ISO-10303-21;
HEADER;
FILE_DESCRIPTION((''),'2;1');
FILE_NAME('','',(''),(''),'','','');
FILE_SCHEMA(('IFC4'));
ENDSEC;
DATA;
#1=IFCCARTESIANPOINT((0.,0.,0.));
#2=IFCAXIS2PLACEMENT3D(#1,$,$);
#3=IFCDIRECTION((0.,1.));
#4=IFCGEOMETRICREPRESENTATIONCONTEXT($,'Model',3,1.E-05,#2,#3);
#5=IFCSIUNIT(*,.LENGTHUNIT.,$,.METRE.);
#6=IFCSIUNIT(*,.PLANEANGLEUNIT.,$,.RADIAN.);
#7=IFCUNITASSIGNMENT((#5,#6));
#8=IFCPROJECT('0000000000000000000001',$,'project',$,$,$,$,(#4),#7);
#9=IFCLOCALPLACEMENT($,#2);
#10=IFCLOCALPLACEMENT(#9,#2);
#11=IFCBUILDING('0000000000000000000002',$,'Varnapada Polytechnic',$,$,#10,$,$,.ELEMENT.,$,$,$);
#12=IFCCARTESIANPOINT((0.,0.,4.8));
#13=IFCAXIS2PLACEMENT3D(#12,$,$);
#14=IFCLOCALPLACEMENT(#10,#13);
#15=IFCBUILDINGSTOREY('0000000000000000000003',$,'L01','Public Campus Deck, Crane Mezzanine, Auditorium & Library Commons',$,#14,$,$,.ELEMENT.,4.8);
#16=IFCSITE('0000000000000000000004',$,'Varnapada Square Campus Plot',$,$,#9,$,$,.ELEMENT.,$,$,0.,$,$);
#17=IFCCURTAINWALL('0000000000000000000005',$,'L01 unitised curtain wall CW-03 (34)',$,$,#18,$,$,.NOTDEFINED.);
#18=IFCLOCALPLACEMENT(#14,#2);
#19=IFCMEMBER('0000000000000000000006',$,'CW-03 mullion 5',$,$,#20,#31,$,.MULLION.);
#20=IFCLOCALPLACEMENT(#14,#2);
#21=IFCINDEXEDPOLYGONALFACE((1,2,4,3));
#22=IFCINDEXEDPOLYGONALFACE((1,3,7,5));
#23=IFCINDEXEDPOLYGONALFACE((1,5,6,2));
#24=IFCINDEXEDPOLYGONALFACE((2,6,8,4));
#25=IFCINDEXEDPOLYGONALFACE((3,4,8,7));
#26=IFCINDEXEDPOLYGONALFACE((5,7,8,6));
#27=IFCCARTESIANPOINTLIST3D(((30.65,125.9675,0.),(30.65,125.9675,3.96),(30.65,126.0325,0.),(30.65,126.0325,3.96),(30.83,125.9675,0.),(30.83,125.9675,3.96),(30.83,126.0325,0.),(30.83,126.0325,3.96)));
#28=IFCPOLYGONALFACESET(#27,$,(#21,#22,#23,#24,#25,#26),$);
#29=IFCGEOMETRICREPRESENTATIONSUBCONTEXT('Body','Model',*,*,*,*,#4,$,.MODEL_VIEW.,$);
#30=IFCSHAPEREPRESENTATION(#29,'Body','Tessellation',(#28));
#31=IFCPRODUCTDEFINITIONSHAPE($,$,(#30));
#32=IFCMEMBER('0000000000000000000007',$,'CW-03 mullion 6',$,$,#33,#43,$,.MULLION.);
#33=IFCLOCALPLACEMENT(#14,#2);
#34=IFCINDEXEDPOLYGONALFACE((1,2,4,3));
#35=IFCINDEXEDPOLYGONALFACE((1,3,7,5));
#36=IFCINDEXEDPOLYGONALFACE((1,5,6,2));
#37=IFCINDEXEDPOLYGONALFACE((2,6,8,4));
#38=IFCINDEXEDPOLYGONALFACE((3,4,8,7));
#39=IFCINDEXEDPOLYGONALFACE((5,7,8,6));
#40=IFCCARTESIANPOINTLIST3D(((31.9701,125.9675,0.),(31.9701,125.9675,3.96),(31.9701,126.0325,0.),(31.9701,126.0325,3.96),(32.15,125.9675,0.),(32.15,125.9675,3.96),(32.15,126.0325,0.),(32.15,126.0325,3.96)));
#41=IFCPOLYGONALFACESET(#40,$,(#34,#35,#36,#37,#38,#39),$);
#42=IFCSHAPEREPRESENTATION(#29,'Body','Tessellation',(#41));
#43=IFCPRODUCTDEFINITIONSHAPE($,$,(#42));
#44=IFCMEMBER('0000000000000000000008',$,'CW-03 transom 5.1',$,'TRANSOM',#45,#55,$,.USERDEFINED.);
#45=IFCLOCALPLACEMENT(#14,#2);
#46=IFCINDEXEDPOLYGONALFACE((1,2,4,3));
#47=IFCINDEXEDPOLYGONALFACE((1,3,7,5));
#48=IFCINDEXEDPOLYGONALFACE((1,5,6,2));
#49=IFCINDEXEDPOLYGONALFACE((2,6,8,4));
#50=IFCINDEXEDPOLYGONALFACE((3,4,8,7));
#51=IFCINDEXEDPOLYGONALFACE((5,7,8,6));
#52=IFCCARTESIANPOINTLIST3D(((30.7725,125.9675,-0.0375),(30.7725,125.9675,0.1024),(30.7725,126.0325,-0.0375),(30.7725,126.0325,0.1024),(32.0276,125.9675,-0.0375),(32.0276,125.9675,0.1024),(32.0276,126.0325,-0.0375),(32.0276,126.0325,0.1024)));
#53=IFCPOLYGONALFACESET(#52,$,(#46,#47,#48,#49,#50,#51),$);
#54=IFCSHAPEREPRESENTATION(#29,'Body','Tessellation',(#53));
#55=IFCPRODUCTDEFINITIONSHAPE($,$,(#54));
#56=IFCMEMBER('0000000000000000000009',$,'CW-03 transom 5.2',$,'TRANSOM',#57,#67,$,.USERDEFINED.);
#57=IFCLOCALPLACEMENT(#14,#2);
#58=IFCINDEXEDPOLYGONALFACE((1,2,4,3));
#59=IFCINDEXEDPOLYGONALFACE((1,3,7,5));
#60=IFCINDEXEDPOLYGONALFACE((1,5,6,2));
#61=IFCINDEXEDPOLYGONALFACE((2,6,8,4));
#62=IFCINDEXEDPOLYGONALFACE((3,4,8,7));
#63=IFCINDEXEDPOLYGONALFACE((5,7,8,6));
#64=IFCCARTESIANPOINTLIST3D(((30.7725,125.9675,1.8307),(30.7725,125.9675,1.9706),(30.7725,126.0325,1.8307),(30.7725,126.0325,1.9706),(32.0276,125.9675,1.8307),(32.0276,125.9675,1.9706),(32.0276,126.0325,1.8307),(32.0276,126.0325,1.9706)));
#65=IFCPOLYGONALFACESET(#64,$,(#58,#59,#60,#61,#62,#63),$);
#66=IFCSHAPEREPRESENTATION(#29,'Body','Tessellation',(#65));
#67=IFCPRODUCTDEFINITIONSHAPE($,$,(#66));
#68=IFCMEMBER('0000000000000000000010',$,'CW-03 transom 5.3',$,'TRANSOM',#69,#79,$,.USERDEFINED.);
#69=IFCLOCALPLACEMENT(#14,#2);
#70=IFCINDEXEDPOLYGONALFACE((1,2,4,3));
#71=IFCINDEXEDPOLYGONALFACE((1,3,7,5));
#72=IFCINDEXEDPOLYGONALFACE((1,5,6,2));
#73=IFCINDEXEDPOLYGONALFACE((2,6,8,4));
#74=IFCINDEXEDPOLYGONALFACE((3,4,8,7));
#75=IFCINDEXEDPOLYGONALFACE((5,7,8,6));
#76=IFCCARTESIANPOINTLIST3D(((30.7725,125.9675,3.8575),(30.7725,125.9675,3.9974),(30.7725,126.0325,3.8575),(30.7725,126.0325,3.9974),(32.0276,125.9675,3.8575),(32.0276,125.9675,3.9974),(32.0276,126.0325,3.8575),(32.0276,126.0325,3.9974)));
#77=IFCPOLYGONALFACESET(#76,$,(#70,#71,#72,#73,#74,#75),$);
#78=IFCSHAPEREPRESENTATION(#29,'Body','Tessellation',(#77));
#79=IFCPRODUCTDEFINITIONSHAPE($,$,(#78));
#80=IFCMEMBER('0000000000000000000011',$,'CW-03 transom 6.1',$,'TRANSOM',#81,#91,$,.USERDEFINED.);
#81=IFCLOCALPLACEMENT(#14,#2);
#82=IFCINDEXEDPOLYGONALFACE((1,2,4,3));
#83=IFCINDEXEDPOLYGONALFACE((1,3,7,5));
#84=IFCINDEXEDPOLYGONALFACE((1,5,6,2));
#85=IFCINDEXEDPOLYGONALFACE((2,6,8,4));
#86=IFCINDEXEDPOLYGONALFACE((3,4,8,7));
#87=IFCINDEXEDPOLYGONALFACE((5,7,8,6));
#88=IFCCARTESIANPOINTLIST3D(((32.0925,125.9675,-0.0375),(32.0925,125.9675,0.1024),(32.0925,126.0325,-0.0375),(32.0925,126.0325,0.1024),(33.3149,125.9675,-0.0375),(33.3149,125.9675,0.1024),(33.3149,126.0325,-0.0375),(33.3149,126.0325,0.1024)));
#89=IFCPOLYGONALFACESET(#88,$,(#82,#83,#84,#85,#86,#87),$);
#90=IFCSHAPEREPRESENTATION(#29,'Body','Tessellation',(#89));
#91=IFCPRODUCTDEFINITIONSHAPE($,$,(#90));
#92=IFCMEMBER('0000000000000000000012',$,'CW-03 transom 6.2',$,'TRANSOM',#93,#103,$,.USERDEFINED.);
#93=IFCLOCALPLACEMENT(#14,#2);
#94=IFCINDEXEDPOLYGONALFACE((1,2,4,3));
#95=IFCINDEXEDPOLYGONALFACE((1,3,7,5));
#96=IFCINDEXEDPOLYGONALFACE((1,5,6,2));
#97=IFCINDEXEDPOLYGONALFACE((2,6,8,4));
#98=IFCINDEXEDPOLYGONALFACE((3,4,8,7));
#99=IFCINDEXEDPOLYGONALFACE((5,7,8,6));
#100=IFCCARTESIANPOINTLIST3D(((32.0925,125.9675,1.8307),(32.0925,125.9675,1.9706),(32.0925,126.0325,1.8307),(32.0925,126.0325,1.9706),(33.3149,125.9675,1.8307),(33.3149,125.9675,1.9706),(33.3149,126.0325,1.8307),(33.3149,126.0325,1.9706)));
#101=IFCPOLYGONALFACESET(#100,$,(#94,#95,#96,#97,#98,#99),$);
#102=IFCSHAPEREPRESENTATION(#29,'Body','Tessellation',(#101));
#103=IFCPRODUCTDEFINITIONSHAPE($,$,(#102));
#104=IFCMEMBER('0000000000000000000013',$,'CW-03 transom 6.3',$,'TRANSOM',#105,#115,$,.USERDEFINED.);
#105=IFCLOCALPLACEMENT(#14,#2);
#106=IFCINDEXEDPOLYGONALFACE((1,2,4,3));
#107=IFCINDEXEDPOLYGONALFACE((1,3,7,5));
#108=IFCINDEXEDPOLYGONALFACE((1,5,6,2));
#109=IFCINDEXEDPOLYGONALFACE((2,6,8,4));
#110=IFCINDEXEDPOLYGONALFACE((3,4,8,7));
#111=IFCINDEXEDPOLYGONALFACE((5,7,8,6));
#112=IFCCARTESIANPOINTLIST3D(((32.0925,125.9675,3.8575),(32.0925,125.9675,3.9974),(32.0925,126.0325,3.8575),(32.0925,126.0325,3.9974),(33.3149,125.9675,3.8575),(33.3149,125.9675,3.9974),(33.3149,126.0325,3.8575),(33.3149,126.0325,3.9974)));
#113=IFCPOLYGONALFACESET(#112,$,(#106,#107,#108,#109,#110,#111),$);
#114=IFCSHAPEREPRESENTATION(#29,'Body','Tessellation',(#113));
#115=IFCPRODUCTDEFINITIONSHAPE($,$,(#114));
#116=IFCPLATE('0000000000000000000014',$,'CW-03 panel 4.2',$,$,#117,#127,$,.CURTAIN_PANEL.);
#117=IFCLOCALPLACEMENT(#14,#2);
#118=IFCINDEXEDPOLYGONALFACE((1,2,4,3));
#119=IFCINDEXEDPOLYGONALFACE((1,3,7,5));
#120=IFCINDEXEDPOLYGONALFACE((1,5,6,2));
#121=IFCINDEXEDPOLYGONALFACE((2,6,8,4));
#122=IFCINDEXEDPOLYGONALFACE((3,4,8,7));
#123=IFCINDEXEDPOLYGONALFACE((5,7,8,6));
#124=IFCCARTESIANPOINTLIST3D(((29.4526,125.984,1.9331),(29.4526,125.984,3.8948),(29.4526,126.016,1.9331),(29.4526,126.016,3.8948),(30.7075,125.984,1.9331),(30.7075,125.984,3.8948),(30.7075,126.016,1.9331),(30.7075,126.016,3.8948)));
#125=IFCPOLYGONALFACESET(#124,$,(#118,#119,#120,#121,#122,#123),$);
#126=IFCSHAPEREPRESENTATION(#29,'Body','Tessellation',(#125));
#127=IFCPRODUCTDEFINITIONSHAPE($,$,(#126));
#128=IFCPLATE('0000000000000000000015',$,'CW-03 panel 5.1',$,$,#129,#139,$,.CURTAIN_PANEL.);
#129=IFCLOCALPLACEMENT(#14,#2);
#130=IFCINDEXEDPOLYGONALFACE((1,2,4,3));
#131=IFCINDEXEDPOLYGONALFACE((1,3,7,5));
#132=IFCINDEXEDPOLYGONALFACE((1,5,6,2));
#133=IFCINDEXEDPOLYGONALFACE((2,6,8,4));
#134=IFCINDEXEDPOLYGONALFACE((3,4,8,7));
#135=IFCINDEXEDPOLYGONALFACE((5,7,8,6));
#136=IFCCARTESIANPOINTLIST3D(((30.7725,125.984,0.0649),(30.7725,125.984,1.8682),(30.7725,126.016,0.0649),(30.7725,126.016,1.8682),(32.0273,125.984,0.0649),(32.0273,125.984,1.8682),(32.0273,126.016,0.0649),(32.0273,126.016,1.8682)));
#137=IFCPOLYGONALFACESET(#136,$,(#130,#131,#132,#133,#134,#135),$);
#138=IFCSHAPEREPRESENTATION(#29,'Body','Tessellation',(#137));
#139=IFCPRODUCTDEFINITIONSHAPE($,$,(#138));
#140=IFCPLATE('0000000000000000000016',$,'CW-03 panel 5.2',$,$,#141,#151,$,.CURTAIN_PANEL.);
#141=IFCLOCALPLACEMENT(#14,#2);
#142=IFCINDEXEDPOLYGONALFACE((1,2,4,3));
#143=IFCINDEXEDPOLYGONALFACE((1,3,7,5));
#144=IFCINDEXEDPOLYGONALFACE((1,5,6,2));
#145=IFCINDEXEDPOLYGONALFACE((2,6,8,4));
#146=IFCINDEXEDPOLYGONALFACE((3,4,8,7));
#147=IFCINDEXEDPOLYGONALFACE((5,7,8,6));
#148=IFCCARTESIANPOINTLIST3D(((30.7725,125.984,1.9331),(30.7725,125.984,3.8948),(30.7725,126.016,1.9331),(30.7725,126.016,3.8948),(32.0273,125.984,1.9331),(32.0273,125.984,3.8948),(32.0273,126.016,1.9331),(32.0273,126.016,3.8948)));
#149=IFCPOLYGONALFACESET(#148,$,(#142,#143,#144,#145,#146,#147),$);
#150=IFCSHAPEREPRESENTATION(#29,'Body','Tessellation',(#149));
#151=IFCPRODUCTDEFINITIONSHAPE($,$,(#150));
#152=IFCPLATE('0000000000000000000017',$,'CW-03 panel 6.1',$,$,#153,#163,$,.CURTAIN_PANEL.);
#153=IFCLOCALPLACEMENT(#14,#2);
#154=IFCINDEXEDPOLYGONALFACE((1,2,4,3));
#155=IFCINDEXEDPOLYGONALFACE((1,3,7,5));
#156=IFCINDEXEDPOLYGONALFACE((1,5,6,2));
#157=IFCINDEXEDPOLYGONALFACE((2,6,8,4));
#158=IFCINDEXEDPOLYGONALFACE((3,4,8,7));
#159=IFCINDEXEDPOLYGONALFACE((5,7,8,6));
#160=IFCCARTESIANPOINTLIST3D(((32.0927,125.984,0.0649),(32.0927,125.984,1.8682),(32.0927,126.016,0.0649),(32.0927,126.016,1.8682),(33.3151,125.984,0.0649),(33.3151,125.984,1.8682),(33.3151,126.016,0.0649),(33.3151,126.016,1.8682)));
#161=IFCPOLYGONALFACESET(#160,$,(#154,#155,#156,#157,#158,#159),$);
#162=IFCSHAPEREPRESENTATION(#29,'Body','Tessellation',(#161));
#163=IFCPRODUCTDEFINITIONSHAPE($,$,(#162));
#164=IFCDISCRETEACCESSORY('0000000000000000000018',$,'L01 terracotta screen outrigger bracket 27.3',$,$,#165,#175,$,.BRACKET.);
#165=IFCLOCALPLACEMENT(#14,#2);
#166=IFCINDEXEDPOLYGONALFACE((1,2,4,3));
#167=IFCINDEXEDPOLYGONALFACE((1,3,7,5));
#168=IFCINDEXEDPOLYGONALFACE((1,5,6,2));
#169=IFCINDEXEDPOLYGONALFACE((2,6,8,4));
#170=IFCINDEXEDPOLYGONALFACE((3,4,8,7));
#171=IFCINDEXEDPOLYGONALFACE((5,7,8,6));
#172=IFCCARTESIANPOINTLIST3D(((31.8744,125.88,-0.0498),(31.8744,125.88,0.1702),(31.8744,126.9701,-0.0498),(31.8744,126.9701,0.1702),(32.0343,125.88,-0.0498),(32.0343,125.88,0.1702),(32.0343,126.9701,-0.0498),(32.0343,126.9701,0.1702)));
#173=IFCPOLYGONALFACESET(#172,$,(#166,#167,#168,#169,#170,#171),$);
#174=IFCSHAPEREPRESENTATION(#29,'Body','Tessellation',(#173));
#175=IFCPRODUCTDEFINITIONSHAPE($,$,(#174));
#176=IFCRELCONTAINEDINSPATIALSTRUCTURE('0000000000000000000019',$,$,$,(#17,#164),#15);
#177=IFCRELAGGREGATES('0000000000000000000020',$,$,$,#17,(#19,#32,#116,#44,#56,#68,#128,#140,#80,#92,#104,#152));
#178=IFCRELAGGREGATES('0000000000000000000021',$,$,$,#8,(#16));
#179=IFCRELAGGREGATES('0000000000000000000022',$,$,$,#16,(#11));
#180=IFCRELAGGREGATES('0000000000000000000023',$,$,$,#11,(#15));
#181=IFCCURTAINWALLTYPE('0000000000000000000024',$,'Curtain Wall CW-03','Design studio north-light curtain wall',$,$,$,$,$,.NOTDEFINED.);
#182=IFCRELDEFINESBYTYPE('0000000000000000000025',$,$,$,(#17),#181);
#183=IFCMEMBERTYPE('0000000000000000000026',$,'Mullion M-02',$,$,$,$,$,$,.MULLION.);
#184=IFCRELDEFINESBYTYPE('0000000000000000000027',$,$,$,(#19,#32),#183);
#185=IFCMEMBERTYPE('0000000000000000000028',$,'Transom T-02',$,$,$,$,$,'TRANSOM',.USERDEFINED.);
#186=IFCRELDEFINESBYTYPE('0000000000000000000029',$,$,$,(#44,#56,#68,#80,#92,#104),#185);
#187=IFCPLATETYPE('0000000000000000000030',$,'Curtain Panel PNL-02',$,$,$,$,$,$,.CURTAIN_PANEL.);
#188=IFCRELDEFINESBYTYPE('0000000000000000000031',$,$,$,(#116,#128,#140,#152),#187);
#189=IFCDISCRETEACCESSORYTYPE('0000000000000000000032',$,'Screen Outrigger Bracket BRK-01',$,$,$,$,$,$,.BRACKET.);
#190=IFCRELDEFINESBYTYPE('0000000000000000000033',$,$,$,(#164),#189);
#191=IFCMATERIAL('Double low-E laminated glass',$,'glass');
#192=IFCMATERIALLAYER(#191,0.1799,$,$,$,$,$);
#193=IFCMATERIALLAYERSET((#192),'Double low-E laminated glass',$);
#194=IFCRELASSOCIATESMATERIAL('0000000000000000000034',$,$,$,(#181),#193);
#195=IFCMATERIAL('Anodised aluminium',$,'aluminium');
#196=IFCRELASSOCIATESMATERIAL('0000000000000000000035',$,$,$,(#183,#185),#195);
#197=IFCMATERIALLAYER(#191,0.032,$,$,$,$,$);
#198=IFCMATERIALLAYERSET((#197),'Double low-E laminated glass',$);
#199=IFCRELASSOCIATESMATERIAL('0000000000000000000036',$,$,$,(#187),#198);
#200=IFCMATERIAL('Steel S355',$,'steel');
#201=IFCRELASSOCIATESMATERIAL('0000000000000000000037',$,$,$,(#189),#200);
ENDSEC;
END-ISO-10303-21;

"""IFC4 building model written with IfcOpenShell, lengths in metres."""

from ifc_helpers import new_model, si_unit, direction, frame, origin, origin_2d, place, context, subcontext, project, spatial, rectangle, extrude, material, layer, layer_set, material_profile, profile_set, type_object, element, aggregate, save


model = new_model("IFC4")

# Units and contexts
model_context = context("Model", 3, precision=1e-05, world=origin(), true_north=direction((0.0, 1.0)))
body_context = subcontext(model_context, "Body", "Model", "MODEL_VIEW")
ifc_project = project(units=[si_unit("LENGTHUNIT", "METRE"), si_unit("PLANEANGLEUNIT", "RADIAN")], contexts=[model_context])

# Site, building, storey
site_placement = place(None, origin())
site = spatial("IfcSite", under=ifc_project, at=site_placement, Name="Varnapada Square Campus Plot", CompositionType="ELEMENT", RefElevation=0.0)
building_placement = place(site_placement, origin())
building = spatial("IfcBuilding", under=site, at=building_placement, Name="Varnapada Polytechnic", CompositionType="ELEMENT")
storey_placement = place(building_placement, frame((0.0, 0.0, 4.8)))
storey = spatial("IfcBuildingStorey", under=building, at=storey_placement, Name="L01", Description="Public Campus Deck, Crane Mezzanine, Auditorium & Library Commons", CompositionType="ELEMENT", Elevation=4.8)

# Curtain wall, members, plates
ifc_material_1 = material(Name="Double low-E laminated glass", Category="glass")
ifc_layer_1 = layer(ifc_material_1, 0.1799)
ifc_layer_set_1 = layer_set([ifc_layer_1], Name="Double low-E laminated glass")
curtain_wall_type = type_object("IfcCurtainWallType", Name="Curtain Wall CW-03", Description="Design studio north-light curtain wall", PredefinedType="NOTDEFINED", material=ifc_layer_set_1)
curtain_wall_placement = place(storey_placement, origin())
curtain_wall = element("IfcCurtainWall", 1, at=curtain_wall_placement, inside=storey, type_object=curtain_wall_type, Name="L01 unitised curtain wall CW-03 (34)", PredefinedType="NOTDEFINED")
ifc_material_2 = material(Name="Anodised aluminium", Category="aluminium")
ifc_material_profile_1 = material_profile(ifc_material_2, rectangle(XDim=0.0649, YDim=0.1799, at=origin_2d()), Name="ALU M65x180")
ifc_profile_set_1 = profile_set([ifc_material_profile_1], Name="Anodised aluminium")
member_type_1 = type_object("IfcMemberType", Name="Mullion M-02", PredefinedType="MULLION", material=ifc_profile_set_1)
member_1_placement = place(storey_placement, frame((30.74, 126.0, 0.0), z_axis=(0.0, 0.0, 1.0), x_axis=(0.0, 1.0, 0.0)))
member_1 = element("IfcMember", 2, at=member_1_placement, type_object=member_type_1, Name="CW-03 mullion 5", PredefinedType="MULLION", context=body_context, shape_type="SweptSolid", body=[
    extrude(rectangle(XDim=0.0649, YDim=0.1799, at=origin_2d()), origin(), (0.0, 0.0, 1.0), 3.96),
])
member_2_placement = place(storey_placement, frame((32.0601, 126.0, 0.0), z_axis=(0.0, 0.0, 1.0), x_axis=(0.0, 1.0, 0.0)))
member_2 = element("IfcMember", 3, at=member_2_placement, type_object=member_type_1, Name="CW-03 mullion 6", PredefinedType="MULLION", context=body_context, shape_type="SweptSolid", body=[
    extrude(rectangle(XDim=0.0649, YDim=0.1799, at=origin_2d()), origin(), (0.0, 0.0, 1.0), 3.96),
])
ifc_material_profile_2 = material_profile(ifc_material_2, rectangle(XDim=0.0649, YDim=0.1399, at=origin_2d()), Name="ALU T65x140")
ifc_profile_set_2 = profile_set([ifc_material_profile_2], Name="Anodised aluminium")
member_type_2 = type_object("IfcMemberType", Name="Transom T-02", ElementType="TRANSOM", PredefinedType="USERDEFINED", material=ifc_profile_set_2)
member_3_placement = place(storey_placement, frame((30.7725, 126.0, 0.0325), z_axis=(1.0, 0.0, 0.0), x_axis=(0.0, 1.0, 0.0)))
member_3 = element("IfcMember", 4, at=member_3_placement, type_object=member_type_2, Name="CW-03 transom 5.1", ObjectType="TRANSOM", PredefinedType="USERDEFINED", context=body_context, shape_type="SweptSolid", body=[
    extrude(rectangle(XDim=0.0649, YDim=0.1399, at=origin_2d()), origin(), (0.0, 0.0, 1.0), 1.2551),
])
member_4_placement = place(storey_placement, frame((30.7725, 126.0, 1.9006), z_axis=(1.0, 0.0, 0.0), x_axis=(0.0, 1.0, 0.0)))
member_4 = element("IfcMember", 5, at=member_4_placement, type_object=member_type_2, Name="CW-03 transom 5.2", ObjectType="TRANSOM", PredefinedType="USERDEFINED", context=body_context, shape_type="SweptSolid", body=[
    extrude(rectangle(XDim=0.0649, YDim=0.1399, at=origin_2d()), origin(), (0.0, 0.0, 1.0), 1.2551),
])
member_5_placement = place(storey_placement, frame((30.7725, 126.0, 3.9275), z_axis=(1.0, 0.0, 0.0), x_axis=(0.0, 1.0, 0.0)))
member_5 = element("IfcMember", 6, at=member_5_placement, type_object=member_type_2, Name="CW-03 transom 5.3", ObjectType="TRANSOM", PredefinedType="USERDEFINED", context=body_context, shape_type="SweptSolid", body=[
    extrude(rectangle(XDim=0.0649, YDim=0.1399, at=origin_2d()), origin(), (0.0, 0.0, 1.0), 1.2551),
])
member_6_placement = place(storey_placement, frame((32.0925, 126.0, 0.0325), z_axis=(1.0, 0.0, 0.0), x_axis=(0.0, 1.0, 0.0)))
member_6 = element("IfcMember", 7, at=member_6_placement, type_object=member_type_2, Name="CW-03 transom 6.1", ObjectType="TRANSOM", PredefinedType="USERDEFINED", context=body_context, shape_type="SweptSolid", body=[
    extrude(rectangle(XDim=0.0649, YDim=0.1399, at=origin_2d()), origin(), (0.0, 0.0, 1.0), 1.2224),
])
member_7_placement = place(storey_placement, frame((32.0925, 126.0, 1.9006), z_axis=(1.0, 0.0, 0.0), x_axis=(0.0, 1.0, 0.0)))
member_7 = element("IfcMember", 8, at=member_7_placement, type_object=member_type_2, Name="CW-03 transom 6.2", ObjectType="TRANSOM", PredefinedType="USERDEFINED", context=body_context, shape_type="SweptSolid", body=[
    extrude(rectangle(XDim=0.0649, YDim=0.1399, at=origin_2d()), origin(), (0.0, 0.0, 1.0), 1.2224),
])
member_8_placement = place(storey_placement, frame((32.0925, 126.0, 3.9275), z_axis=(1.0, 0.0, 0.0), x_axis=(0.0, 1.0, 0.0)))
member_8 = element("IfcMember", 9, at=member_8_placement, type_object=member_type_2, Name="CW-03 transom 6.3", ObjectType="TRANSOM", PredefinedType="USERDEFINED", context=body_context, shape_type="SweptSolid", body=[
    extrude(rectangle(XDim=0.0649, YDim=0.1399, at=origin_2d()), origin(), (0.0, 0.0, 1.0), 1.2224),
])
ifc_layer_2 = layer(ifc_material_1, 0.032)
ifc_layer_set_2 = layer_set([ifc_layer_2], Name="Double low-E laminated glass")
plate_type = type_object("IfcPlateType", Name="Curtain Panel PNL-02", PredefinedType="CURTAIN_PANEL", material=ifc_layer_set_2)
plate_1_placement = place(storey_placement, frame((30.0801, 126.0, 1.9331), z_axis=(0.0, 0.0, 1.0), x_axis=(1.0, 0.0, 0.0)))
plate_1 = element("IfcPlate", 10, at=plate_1_placement, type_object=plate_type, Name="CW-03 panel 4.2", PredefinedType="CURTAIN_PANEL", context=body_context, shape_type="SweptSolid", body=[
    extrude(rectangle(XDim=1.2549, YDim=0.032, at=origin_2d()), origin(), (0.0, 0.0, 1.0), 1.9617),
])
plate_2_placement = place(storey_placement, frame((31.3999, 126.0, 0.0649), z_axis=(0.0, 0.0, 1.0), x_axis=(1.0, 0.0, 0.0)))
plate_2 = element("IfcPlate", 11, at=plate_2_placement, type_object=plate_type, Name="CW-03 panel 5.1", PredefinedType="CURTAIN_PANEL", context=body_context, shape_type="SweptSolid", body=[
    extrude(rectangle(XDim=1.2549, YDim=0.032, at=origin_2d()), origin(), (0.0, 0.0, 1.0), 1.8032),
])
plate_3_placement = place(storey_placement, frame((31.3999, 126.0, 1.9331), z_axis=(0.0, 0.0, 1.0), x_axis=(1.0, 0.0, 0.0)))
plate_3 = element("IfcPlate", 12, at=plate_3_placement, type_object=plate_type, Name="CW-03 panel 5.2", PredefinedType="CURTAIN_PANEL", context=body_context, shape_type="SweptSolid", body=[
    extrude(rectangle(XDim=1.2549, YDim=0.032, at=origin_2d()), origin(), (0.0, 0.0, 1.0), 1.9617),
])
plate_4_placement = place(storey_placement, frame((32.7039, 126.0, 0.0649), z_axis=(0.0, 0.0, 1.0), x_axis=(1.0, 0.0, 0.0)))
plate_4 = element("IfcPlate", 13, at=plate_4_placement, type_object=plate_type, Name="CW-03 panel 6.1", PredefinedType="CURTAIN_PANEL", context=body_context, shape_type="SweptSolid", body=[
    extrude(rectangle(XDim=1.2224, YDim=0.032, at=origin_2d()), origin(), (0.0, 0.0, 1.0), 1.8032),
])
aggregate(curtain_wall, [member_1, member_2, plate_1, member_3, member_4, member_5, plate_2, plate_3, member_6, member_7, member_8, plate_4])

# Discrete accessory
ifc_material_3 = material(Name="Steel S355", Category="steel")
discrete_accessory_type = type_object("IfcDiscreteAccessoryType", Name="Screen Outrigger Bracket BRK-01", PredefinedType="BRACKET", material=ifc_material_3)
discrete_accessory_placement = place(storey_placement, frame((31.9543, 126.425, -0.0498), z_axis=(0.0, 0.0, 1.0), x_axis=(1.0, 0.0, 0.0)))
element("IfcDiscreteAccessory", 14, at=discrete_accessory_placement, inside=storey, type_object=discrete_accessory_type, Name="L01 terracotta screen outrigger bracket 27.3", PredefinedType="BRACKET", context=body_context, shape_type="SweptSolid", body=[
    extrude(rectangle(XDim=0.1599, YDim=1.0901, at=origin_2d()), origin(), (0.0, 0.0, 1.0), 0.22),
])

save(model, "model.ifc")
